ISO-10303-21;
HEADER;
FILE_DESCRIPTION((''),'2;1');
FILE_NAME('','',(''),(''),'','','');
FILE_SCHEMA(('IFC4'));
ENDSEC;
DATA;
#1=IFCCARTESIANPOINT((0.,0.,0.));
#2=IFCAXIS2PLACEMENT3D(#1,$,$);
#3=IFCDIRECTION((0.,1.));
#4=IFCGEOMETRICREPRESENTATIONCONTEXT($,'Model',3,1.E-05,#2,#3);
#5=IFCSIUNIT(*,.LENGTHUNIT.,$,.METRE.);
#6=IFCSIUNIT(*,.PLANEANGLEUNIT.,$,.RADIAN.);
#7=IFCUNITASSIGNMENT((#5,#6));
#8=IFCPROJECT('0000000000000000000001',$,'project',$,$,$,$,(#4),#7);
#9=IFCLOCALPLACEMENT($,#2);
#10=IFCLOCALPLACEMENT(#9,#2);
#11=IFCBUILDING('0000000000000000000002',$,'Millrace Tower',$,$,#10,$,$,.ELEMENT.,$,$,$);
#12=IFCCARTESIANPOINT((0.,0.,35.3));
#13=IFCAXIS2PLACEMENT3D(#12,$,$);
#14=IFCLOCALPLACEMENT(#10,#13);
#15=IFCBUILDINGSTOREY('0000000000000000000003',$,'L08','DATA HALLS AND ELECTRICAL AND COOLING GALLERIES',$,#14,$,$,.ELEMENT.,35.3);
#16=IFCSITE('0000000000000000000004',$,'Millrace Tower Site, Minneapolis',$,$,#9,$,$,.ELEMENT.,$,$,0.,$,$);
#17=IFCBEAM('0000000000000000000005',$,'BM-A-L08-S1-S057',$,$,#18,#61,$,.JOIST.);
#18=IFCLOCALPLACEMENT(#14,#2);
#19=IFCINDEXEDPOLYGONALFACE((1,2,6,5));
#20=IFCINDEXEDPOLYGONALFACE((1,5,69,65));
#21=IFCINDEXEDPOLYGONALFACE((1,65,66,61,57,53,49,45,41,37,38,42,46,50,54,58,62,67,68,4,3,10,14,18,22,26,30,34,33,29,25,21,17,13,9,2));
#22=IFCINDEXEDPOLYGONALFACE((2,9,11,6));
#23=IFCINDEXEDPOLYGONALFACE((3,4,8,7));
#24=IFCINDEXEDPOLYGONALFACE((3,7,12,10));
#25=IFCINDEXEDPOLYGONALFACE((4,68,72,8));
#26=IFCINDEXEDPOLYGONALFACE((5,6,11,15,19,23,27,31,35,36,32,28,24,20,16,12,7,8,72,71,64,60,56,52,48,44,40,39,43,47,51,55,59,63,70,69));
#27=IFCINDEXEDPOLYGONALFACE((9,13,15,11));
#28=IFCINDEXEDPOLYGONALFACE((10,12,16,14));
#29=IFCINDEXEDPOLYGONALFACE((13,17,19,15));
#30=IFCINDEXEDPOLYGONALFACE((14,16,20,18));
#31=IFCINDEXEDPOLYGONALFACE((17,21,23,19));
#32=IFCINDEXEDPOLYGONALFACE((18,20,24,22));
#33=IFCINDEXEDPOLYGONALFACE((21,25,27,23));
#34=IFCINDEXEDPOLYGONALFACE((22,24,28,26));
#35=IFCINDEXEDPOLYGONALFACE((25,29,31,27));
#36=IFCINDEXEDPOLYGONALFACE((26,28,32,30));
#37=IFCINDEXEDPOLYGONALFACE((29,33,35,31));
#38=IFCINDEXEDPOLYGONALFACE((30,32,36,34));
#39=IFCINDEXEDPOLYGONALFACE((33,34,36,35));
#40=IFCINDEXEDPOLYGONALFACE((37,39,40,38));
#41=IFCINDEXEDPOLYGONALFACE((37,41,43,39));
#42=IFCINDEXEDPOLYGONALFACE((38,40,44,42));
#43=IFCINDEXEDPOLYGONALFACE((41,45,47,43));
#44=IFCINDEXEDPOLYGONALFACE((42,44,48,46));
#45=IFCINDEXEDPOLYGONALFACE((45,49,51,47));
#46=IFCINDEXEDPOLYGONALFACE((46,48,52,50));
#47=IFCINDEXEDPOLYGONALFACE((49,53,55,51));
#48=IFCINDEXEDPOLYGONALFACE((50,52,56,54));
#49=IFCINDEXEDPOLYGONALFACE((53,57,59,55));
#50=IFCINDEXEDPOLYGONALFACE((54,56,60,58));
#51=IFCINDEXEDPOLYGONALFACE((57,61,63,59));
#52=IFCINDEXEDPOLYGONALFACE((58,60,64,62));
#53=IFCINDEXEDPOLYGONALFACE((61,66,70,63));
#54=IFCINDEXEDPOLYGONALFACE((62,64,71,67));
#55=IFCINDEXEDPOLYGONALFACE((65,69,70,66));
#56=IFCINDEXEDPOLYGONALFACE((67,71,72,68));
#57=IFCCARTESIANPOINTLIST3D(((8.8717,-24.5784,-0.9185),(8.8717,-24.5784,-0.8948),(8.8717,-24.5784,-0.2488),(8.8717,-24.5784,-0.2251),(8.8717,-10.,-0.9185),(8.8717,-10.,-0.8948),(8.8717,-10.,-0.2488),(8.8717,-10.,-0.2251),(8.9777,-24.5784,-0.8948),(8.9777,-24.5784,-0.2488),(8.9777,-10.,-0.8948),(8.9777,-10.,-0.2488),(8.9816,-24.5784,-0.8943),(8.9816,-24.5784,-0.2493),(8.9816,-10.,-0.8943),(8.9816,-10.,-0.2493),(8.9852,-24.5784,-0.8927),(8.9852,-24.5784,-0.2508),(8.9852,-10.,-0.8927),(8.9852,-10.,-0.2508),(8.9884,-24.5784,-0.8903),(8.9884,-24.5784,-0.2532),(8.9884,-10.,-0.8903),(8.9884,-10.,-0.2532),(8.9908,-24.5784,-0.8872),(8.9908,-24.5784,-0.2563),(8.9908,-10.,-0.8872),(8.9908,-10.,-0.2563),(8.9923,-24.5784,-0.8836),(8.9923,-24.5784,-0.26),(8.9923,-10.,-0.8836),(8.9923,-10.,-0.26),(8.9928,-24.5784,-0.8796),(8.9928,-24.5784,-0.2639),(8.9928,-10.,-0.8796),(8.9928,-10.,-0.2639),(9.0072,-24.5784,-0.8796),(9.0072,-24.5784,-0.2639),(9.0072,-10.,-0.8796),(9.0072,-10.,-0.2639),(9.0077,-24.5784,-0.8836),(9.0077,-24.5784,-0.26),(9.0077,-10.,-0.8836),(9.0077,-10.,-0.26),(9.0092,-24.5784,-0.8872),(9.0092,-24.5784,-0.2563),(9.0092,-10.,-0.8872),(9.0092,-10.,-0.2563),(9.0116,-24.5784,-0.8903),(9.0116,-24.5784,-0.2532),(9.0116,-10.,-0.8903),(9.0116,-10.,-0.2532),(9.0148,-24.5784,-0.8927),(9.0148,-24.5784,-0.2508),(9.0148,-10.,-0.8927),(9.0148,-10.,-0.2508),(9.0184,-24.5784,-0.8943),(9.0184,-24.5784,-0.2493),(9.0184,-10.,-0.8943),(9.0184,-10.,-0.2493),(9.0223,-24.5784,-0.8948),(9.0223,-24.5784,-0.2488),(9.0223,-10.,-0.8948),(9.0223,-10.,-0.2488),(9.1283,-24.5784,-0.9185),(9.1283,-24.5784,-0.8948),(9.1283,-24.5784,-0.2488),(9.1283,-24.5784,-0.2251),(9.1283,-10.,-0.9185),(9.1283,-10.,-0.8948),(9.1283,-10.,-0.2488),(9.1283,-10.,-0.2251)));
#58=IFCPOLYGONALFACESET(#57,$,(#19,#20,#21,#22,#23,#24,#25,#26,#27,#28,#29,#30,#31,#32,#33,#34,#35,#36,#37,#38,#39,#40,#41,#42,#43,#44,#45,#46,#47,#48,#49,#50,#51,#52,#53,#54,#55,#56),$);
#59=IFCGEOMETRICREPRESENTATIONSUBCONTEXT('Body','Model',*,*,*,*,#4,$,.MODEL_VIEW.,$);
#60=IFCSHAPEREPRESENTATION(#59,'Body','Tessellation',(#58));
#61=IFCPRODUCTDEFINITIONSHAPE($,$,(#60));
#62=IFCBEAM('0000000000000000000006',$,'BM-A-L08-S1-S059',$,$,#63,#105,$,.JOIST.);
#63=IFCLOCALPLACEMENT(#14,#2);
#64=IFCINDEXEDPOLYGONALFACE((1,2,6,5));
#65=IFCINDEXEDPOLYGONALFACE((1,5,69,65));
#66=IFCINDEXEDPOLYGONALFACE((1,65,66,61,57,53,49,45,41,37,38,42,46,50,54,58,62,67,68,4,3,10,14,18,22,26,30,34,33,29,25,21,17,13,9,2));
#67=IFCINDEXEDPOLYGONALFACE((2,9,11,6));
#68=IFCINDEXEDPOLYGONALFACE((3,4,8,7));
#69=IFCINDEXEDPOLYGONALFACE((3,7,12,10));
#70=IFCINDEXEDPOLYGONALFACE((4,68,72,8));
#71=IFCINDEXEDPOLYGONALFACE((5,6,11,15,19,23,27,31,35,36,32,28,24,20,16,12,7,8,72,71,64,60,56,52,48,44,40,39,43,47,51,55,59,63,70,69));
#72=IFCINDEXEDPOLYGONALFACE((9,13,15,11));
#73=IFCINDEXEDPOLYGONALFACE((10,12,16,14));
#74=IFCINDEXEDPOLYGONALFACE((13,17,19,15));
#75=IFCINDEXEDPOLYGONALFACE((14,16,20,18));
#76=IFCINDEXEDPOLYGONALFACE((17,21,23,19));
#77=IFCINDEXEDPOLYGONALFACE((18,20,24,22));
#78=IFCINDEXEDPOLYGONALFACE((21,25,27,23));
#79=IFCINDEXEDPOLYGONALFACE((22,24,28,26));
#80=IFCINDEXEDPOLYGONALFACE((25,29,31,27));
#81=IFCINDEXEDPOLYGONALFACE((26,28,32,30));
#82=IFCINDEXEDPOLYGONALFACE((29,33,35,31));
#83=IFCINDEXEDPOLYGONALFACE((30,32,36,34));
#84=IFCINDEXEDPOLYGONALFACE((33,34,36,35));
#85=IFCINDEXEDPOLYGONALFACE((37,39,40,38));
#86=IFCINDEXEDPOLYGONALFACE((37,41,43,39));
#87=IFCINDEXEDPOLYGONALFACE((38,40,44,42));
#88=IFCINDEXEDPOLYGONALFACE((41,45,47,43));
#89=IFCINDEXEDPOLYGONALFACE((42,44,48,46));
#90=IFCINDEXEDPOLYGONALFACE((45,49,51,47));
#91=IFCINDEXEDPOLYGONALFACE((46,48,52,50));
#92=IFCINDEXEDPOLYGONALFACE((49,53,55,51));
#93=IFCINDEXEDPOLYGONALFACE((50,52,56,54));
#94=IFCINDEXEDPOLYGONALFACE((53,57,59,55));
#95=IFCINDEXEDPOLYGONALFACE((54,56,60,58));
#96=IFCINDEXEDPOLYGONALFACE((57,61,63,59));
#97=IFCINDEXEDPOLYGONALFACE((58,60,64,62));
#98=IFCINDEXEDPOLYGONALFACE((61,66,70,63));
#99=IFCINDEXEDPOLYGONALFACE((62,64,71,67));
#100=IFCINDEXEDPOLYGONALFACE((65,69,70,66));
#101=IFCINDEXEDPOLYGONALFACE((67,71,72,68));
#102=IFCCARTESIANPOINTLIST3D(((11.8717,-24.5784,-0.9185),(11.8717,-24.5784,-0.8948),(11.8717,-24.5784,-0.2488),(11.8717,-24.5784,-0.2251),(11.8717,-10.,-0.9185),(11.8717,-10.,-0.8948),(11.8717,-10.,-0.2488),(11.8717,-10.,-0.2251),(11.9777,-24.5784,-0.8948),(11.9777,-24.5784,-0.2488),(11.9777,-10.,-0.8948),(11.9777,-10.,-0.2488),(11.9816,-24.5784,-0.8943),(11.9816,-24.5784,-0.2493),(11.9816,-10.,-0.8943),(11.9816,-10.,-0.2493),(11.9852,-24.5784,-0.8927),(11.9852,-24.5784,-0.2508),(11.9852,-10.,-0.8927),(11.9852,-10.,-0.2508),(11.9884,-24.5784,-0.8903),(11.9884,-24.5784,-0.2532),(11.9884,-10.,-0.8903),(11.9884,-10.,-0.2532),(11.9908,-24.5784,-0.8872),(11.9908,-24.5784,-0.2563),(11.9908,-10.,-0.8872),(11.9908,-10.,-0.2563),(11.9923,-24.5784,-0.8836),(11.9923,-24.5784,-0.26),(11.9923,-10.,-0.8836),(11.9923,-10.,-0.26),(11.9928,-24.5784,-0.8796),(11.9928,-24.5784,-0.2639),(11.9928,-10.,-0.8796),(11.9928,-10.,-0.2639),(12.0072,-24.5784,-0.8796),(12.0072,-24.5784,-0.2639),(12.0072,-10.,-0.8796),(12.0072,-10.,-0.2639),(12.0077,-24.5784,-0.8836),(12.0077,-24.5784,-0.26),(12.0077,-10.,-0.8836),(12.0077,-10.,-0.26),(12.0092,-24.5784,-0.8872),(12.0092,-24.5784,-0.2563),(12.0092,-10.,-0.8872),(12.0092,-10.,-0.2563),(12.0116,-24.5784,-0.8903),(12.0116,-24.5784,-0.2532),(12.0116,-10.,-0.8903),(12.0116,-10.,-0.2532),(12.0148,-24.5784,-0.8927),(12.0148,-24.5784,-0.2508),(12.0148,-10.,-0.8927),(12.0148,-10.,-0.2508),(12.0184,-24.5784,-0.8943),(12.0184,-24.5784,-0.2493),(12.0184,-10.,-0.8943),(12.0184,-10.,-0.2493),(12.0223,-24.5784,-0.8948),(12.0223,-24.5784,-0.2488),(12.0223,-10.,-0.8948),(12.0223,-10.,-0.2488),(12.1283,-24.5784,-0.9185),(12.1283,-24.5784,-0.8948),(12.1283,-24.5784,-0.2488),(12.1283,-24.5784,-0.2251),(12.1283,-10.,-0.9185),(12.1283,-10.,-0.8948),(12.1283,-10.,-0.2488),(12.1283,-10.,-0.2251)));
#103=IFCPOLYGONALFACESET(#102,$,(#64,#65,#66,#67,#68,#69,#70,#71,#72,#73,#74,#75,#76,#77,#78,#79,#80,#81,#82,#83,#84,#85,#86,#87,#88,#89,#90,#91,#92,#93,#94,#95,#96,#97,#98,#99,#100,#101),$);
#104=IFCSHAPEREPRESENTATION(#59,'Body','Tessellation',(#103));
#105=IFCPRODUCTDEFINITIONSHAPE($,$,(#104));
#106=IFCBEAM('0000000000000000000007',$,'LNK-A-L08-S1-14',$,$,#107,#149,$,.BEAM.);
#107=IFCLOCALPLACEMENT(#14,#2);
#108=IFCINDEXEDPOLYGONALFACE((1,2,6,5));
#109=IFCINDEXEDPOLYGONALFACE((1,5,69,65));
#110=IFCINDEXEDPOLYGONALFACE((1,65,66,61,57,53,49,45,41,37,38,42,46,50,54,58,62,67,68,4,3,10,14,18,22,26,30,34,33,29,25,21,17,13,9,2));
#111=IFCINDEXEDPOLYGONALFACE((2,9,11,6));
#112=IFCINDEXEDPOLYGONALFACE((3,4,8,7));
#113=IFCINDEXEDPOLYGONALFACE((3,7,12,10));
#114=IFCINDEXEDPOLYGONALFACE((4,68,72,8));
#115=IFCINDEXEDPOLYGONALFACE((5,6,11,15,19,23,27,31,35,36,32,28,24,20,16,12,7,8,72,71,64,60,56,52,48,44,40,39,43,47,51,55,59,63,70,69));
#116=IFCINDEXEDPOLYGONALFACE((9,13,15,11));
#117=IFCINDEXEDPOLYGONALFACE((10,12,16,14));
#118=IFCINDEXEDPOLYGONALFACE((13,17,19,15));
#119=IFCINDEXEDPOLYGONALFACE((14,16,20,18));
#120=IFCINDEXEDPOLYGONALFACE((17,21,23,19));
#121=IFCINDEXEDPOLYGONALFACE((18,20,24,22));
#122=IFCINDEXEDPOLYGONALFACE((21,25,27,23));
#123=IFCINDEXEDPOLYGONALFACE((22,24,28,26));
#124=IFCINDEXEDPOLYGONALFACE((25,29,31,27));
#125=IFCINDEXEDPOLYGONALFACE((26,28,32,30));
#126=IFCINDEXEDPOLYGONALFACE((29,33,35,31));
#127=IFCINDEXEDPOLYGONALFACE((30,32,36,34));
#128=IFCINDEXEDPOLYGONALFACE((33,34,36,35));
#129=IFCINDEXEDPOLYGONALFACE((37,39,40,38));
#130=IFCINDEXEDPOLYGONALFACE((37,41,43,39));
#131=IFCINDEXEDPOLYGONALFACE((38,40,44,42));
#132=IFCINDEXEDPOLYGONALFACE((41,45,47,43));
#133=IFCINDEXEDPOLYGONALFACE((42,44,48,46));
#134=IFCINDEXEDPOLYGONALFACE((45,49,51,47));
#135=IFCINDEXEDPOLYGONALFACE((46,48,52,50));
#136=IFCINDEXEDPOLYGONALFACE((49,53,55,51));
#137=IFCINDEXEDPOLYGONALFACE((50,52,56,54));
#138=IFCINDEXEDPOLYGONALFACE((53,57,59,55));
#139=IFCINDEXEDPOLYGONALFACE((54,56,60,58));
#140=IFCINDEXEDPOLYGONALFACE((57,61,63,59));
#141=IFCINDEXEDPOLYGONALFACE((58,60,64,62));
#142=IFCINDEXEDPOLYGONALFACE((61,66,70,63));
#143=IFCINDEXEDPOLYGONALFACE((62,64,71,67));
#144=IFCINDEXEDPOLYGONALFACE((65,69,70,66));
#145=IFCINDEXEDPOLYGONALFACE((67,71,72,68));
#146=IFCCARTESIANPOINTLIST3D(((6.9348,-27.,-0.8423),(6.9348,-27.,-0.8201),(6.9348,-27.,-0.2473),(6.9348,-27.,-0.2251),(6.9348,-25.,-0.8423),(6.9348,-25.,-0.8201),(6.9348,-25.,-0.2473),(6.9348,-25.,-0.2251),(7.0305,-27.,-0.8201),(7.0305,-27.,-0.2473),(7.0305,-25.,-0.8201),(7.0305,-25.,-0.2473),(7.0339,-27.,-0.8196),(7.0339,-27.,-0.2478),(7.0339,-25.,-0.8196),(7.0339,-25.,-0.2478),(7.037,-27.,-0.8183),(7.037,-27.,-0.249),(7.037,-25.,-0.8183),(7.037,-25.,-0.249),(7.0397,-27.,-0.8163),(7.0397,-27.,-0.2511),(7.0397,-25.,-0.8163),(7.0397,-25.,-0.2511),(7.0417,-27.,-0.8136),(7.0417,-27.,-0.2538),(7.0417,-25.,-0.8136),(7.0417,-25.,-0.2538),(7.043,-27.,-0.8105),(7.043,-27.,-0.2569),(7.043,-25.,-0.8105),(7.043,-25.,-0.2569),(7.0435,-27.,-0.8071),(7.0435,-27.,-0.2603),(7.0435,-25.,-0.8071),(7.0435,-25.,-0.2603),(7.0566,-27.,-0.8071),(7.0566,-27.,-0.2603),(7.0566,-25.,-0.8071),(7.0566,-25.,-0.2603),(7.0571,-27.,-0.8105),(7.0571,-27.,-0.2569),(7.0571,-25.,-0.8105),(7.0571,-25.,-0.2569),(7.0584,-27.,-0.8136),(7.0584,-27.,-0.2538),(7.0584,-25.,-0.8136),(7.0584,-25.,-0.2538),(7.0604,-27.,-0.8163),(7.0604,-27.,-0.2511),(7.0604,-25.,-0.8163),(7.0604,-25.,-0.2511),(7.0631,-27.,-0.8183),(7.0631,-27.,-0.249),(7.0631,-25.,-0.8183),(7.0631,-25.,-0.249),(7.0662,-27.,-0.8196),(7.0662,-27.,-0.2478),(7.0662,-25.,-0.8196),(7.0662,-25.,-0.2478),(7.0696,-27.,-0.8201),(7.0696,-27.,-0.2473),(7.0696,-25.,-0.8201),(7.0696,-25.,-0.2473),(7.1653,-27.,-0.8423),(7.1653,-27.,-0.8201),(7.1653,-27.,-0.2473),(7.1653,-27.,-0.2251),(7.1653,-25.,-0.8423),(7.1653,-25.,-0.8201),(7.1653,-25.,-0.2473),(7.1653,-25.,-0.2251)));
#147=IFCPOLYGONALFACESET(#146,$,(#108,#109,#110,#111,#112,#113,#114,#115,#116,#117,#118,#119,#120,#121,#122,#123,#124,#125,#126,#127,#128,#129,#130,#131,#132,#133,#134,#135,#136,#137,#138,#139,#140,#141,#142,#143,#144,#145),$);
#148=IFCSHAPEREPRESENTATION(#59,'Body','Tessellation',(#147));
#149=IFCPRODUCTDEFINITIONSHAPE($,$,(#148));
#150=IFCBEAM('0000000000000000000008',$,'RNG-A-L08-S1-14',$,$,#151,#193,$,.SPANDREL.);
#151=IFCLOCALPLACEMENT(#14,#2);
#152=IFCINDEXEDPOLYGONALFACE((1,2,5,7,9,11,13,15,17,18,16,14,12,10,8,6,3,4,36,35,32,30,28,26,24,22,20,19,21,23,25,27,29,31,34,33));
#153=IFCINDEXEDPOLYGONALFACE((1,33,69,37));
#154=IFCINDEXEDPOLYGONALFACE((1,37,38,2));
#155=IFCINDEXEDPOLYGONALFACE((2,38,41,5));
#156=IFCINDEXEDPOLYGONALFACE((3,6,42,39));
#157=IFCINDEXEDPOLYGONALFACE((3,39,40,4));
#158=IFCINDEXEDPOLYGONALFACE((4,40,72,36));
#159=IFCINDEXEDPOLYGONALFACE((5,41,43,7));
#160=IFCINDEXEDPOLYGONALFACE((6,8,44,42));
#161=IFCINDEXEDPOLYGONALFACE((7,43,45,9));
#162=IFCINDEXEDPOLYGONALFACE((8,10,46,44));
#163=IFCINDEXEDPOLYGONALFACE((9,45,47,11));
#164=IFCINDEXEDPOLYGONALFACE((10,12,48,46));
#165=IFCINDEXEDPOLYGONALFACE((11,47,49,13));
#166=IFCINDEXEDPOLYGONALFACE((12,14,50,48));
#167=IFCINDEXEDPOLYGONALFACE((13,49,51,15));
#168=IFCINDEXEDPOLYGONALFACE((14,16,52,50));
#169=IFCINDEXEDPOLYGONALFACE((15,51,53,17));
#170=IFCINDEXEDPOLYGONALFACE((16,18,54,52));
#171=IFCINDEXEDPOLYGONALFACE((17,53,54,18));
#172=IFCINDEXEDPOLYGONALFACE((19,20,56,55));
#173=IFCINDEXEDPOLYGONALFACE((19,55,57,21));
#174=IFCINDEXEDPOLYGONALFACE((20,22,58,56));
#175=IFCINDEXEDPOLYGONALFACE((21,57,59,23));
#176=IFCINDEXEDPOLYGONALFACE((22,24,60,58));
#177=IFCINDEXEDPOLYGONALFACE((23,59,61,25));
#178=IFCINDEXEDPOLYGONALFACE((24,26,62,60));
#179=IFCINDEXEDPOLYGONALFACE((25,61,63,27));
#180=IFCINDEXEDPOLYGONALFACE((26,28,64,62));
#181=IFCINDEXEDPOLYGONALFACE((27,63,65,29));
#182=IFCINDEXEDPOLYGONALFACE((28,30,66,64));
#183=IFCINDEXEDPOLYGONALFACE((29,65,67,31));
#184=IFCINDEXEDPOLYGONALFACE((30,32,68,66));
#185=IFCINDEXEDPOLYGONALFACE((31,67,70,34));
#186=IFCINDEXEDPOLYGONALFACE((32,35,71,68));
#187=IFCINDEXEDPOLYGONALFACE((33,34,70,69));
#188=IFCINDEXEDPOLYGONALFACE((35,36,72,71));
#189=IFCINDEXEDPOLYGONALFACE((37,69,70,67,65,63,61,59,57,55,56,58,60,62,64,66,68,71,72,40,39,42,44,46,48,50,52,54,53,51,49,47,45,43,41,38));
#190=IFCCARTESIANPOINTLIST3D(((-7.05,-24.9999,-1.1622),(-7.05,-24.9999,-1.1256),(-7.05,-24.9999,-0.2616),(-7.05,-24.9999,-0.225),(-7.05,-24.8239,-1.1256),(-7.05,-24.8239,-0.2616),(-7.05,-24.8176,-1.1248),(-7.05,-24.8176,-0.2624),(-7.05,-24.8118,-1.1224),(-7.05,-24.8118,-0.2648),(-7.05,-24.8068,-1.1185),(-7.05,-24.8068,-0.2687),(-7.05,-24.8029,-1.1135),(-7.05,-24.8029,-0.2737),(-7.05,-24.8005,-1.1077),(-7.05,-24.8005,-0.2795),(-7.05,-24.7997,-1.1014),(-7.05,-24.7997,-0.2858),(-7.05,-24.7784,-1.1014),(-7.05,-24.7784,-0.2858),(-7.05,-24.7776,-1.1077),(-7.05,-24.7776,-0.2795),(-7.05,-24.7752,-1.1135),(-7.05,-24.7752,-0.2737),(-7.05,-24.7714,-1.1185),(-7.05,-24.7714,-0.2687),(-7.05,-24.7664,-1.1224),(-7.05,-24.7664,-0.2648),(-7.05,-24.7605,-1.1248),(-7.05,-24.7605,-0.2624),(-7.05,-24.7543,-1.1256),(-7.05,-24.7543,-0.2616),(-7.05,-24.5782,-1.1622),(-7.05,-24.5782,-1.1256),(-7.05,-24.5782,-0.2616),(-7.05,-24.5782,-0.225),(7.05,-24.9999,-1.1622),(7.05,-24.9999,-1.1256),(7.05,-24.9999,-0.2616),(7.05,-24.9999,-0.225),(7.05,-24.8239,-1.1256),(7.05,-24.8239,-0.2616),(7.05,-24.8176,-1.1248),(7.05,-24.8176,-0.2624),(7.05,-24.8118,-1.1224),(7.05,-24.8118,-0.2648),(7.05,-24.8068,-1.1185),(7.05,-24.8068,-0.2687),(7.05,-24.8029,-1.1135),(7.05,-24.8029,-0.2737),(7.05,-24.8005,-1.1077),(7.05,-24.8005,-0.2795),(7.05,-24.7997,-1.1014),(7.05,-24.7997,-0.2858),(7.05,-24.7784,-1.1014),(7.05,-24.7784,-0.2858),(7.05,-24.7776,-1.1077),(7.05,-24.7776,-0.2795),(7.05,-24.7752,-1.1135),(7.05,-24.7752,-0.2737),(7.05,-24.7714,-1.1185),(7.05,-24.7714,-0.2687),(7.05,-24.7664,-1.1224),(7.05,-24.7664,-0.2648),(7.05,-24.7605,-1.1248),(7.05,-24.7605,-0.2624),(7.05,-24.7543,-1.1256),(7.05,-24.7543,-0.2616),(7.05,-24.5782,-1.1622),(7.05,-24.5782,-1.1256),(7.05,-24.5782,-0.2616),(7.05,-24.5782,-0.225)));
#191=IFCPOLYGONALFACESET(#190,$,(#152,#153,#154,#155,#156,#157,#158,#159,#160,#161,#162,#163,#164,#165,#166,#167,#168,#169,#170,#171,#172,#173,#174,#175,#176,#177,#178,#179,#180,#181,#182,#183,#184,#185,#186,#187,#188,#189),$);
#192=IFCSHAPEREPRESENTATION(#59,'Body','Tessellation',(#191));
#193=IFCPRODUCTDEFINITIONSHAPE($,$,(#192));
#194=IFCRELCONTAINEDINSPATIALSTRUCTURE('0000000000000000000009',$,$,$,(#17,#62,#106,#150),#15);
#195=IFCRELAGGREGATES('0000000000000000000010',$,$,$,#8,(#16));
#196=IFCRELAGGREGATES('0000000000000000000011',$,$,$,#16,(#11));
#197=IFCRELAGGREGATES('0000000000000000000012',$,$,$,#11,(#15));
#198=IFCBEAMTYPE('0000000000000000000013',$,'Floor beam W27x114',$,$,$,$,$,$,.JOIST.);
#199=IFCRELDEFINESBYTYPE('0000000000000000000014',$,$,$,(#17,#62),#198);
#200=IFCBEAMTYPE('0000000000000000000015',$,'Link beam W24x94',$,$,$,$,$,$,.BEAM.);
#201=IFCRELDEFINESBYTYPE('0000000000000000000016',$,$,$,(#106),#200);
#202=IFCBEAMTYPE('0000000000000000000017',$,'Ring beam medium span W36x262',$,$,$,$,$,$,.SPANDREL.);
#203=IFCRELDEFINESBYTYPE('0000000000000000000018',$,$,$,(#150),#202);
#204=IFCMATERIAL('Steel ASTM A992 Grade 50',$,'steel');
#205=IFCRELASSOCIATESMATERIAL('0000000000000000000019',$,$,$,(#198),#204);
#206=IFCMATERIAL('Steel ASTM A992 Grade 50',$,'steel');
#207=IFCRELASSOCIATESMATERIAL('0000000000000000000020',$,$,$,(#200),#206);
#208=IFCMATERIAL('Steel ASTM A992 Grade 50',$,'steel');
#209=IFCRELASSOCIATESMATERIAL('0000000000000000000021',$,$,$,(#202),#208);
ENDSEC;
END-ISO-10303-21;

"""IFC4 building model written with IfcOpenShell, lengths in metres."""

from ifc_helpers import new_model, si_unit, direction, frame, origin, origin_2d, place, context, subcontext, project, spatial, i_section, extrude, material, material_profile, profile_set, type_object, element, save


model = new_model("IFC4")

# Units and contexts
model_context = context("Model", 3, precision=1e-05, world=origin(), true_north=direction((0.0, 1.0)))
body_context = subcontext(model_context, "Body", "Model", "MODEL_VIEW")
ifc_project = project(units=[si_unit("LENGTHUNIT", "METRE"), si_unit("PLANEANGLEUNIT", "RADIAN")], contexts=[model_context])

# Site, building, storey
site_placement = place(None, origin())
site = spatial("IfcSite", under=ifc_project, at=site_placement, Name="Millrace Tower Site, Minneapolis", CompositionType="ELEMENT", RefElevation=0.0)
building_placement = place(site_placement, origin())
building = spatial("IfcBuilding", under=site, at=building_placement, Name="Millrace Tower", CompositionType="ELEMENT")
storey_placement = place(building_placement, frame((0.0, 0.0, 35.3)))
storey = spatial("IfcBuildingStorey", under=building, at=storey_placement, Name="L08", Description="DATA HALLS AND ELECTRICAL AND COOLING GALLERIES", CompositionType="ELEMENT", Elevation=35.3)

# Beams
ifc_material_1 = material(Name="Steel ASTM A992 Grade 50", Category="steel")
ifc_material_profile_1 = material_profile(ifc_material_1, i_section(OverallWidth=0.2566, OverallDepth=0.6934, WebThickness=0.0144, FlangeThickness=0.0237, FilletRadius=0.0151, at=origin_2d()))
ifc_profile_set_1 = profile_set([ifc_material_profile_1], Name="Steel ASTM A992 Grade 50")
beam_type_1 = type_object("IfcBeamType", Name="Floor beam W27x114", PredefinedType="JOIST", material=ifc_profile_set_1)
for number, where, z_axis, x_axis, name in (
    (1, (9.0, -24.5784, -0.5718), (0.0, 1.0, 0.0), (-1.0, 0.0, 0.0), "BM-A-L08-S1-S057"),
    (2, (12.0, -24.5784, -0.5718), (0.0, 1.0, 0.0), (-1.0, 0.0, 0.0), "BM-A-L08-S1-S059"),
):
    element("IfcBeam", number, at=place(storey_placement, frame(where, z_axis=z_axis, x_axis=x_axis)), inside=storey, type_object=beam_type_1, Name=name, PredefinedType="JOIST", context=body_context, shape_type="SweptSolid", body=[
        extrude(i_section(OverallWidth=0.2566, OverallDepth=0.6934, WebThickness=0.0144, FlangeThickness=0.0237, FilletRadius=0.0151, at=origin_2d()), origin(), (0.0, 0.0, 1.0), 14.5784),
    ])
ifc_material_2 = material(Name="Steel ASTM A992 Grade 50", Category="steel")
ifc_material_profile_2 = material_profile(ifc_material_2, i_section(OverallWidth=0.2305, OverallDepth=0.6172, WebThickness=0.0132, FlangeThickness=0.0222, FilletRadius=0.0129, at=origin_2d()))
ifc_profile_set_2 = profile_set([ifc_material_profile_2], Name="Steel ASTM A992 Grade 50")
beam_type_2 = type_object("IfcBeamType", Name="Link beam W24x94", PredefinedType="BEAM", material=ifc_profile_set_2)
beam_1_placement = place(storey_placement, frame((7.05, -25.0, -0.5337), z_axis=(0.0, -1.0, 0.0), x_axis=(1.0, 0.0, 0.0)))
element("IfcBeam", 3, at=beam_1_placement, inside=storey, type_object=beam_type_2, Name="LNK-A-L08-S1-14", PredefinedType="BEAM", context=body_context, shape_type="SweptSolid", body=[
    extrude(i_section(OverallWidth=0.2305, OverallDepth=0.6172, WebThickness=0.0132, FlangeThickness=0.0222, FilletRadius=0.0129, at=origin_2d()), origin(), (0.0, 0.0, 1.0), 2.0),
])
ifc_material_3 = material(Name="Steel ASTM A992 Grade 50", Category="steel")
ifc_material_profile_3 = material_profile(ifc_material_3, i_section(OverallWidth=0.4216, OverallDepth=0.9373, WebThickness=0.0212, FlangeThickness=0.0366, FilletRadius=0.0242, at=origin_2d()))
ifc_profile_set_3 = profile_set([ifc_material_profile_3], Name="Steel ASTM A992 Grade 50")
beam_type_3 = type_object("IfcBeamType", Name="Ring beam medium span W36x262", PredefinedType="SPANDREL", material=ifc_profile_set_3)
beam_2_placement = place(storey_placement, frame((7.05, -24.7891, -0.6936), z_axis=(-1.0, 0.0, 0.0), x_axis=(0.0, -1.0, 0.0)))
element("IfcBeam", 4, at=beam_2_placement, inside=storey, type_object=beam_type_3, Name="RNG-A-L08-S1-14", PredefinedType="SPANDREL", context=body_context, shape_type="SweptSolid", body=[
    extrude(i_section(OverallWidth=0.4216, OverallDepth=0.9373, WebThickness=0.0212, FlangeThickness=0.0366, FilletRadius=0.0242, at=origin_2d()), origin(), (0.0, 0.0, 1.0), 14.1001),
])

save(model, "model.ifc")
